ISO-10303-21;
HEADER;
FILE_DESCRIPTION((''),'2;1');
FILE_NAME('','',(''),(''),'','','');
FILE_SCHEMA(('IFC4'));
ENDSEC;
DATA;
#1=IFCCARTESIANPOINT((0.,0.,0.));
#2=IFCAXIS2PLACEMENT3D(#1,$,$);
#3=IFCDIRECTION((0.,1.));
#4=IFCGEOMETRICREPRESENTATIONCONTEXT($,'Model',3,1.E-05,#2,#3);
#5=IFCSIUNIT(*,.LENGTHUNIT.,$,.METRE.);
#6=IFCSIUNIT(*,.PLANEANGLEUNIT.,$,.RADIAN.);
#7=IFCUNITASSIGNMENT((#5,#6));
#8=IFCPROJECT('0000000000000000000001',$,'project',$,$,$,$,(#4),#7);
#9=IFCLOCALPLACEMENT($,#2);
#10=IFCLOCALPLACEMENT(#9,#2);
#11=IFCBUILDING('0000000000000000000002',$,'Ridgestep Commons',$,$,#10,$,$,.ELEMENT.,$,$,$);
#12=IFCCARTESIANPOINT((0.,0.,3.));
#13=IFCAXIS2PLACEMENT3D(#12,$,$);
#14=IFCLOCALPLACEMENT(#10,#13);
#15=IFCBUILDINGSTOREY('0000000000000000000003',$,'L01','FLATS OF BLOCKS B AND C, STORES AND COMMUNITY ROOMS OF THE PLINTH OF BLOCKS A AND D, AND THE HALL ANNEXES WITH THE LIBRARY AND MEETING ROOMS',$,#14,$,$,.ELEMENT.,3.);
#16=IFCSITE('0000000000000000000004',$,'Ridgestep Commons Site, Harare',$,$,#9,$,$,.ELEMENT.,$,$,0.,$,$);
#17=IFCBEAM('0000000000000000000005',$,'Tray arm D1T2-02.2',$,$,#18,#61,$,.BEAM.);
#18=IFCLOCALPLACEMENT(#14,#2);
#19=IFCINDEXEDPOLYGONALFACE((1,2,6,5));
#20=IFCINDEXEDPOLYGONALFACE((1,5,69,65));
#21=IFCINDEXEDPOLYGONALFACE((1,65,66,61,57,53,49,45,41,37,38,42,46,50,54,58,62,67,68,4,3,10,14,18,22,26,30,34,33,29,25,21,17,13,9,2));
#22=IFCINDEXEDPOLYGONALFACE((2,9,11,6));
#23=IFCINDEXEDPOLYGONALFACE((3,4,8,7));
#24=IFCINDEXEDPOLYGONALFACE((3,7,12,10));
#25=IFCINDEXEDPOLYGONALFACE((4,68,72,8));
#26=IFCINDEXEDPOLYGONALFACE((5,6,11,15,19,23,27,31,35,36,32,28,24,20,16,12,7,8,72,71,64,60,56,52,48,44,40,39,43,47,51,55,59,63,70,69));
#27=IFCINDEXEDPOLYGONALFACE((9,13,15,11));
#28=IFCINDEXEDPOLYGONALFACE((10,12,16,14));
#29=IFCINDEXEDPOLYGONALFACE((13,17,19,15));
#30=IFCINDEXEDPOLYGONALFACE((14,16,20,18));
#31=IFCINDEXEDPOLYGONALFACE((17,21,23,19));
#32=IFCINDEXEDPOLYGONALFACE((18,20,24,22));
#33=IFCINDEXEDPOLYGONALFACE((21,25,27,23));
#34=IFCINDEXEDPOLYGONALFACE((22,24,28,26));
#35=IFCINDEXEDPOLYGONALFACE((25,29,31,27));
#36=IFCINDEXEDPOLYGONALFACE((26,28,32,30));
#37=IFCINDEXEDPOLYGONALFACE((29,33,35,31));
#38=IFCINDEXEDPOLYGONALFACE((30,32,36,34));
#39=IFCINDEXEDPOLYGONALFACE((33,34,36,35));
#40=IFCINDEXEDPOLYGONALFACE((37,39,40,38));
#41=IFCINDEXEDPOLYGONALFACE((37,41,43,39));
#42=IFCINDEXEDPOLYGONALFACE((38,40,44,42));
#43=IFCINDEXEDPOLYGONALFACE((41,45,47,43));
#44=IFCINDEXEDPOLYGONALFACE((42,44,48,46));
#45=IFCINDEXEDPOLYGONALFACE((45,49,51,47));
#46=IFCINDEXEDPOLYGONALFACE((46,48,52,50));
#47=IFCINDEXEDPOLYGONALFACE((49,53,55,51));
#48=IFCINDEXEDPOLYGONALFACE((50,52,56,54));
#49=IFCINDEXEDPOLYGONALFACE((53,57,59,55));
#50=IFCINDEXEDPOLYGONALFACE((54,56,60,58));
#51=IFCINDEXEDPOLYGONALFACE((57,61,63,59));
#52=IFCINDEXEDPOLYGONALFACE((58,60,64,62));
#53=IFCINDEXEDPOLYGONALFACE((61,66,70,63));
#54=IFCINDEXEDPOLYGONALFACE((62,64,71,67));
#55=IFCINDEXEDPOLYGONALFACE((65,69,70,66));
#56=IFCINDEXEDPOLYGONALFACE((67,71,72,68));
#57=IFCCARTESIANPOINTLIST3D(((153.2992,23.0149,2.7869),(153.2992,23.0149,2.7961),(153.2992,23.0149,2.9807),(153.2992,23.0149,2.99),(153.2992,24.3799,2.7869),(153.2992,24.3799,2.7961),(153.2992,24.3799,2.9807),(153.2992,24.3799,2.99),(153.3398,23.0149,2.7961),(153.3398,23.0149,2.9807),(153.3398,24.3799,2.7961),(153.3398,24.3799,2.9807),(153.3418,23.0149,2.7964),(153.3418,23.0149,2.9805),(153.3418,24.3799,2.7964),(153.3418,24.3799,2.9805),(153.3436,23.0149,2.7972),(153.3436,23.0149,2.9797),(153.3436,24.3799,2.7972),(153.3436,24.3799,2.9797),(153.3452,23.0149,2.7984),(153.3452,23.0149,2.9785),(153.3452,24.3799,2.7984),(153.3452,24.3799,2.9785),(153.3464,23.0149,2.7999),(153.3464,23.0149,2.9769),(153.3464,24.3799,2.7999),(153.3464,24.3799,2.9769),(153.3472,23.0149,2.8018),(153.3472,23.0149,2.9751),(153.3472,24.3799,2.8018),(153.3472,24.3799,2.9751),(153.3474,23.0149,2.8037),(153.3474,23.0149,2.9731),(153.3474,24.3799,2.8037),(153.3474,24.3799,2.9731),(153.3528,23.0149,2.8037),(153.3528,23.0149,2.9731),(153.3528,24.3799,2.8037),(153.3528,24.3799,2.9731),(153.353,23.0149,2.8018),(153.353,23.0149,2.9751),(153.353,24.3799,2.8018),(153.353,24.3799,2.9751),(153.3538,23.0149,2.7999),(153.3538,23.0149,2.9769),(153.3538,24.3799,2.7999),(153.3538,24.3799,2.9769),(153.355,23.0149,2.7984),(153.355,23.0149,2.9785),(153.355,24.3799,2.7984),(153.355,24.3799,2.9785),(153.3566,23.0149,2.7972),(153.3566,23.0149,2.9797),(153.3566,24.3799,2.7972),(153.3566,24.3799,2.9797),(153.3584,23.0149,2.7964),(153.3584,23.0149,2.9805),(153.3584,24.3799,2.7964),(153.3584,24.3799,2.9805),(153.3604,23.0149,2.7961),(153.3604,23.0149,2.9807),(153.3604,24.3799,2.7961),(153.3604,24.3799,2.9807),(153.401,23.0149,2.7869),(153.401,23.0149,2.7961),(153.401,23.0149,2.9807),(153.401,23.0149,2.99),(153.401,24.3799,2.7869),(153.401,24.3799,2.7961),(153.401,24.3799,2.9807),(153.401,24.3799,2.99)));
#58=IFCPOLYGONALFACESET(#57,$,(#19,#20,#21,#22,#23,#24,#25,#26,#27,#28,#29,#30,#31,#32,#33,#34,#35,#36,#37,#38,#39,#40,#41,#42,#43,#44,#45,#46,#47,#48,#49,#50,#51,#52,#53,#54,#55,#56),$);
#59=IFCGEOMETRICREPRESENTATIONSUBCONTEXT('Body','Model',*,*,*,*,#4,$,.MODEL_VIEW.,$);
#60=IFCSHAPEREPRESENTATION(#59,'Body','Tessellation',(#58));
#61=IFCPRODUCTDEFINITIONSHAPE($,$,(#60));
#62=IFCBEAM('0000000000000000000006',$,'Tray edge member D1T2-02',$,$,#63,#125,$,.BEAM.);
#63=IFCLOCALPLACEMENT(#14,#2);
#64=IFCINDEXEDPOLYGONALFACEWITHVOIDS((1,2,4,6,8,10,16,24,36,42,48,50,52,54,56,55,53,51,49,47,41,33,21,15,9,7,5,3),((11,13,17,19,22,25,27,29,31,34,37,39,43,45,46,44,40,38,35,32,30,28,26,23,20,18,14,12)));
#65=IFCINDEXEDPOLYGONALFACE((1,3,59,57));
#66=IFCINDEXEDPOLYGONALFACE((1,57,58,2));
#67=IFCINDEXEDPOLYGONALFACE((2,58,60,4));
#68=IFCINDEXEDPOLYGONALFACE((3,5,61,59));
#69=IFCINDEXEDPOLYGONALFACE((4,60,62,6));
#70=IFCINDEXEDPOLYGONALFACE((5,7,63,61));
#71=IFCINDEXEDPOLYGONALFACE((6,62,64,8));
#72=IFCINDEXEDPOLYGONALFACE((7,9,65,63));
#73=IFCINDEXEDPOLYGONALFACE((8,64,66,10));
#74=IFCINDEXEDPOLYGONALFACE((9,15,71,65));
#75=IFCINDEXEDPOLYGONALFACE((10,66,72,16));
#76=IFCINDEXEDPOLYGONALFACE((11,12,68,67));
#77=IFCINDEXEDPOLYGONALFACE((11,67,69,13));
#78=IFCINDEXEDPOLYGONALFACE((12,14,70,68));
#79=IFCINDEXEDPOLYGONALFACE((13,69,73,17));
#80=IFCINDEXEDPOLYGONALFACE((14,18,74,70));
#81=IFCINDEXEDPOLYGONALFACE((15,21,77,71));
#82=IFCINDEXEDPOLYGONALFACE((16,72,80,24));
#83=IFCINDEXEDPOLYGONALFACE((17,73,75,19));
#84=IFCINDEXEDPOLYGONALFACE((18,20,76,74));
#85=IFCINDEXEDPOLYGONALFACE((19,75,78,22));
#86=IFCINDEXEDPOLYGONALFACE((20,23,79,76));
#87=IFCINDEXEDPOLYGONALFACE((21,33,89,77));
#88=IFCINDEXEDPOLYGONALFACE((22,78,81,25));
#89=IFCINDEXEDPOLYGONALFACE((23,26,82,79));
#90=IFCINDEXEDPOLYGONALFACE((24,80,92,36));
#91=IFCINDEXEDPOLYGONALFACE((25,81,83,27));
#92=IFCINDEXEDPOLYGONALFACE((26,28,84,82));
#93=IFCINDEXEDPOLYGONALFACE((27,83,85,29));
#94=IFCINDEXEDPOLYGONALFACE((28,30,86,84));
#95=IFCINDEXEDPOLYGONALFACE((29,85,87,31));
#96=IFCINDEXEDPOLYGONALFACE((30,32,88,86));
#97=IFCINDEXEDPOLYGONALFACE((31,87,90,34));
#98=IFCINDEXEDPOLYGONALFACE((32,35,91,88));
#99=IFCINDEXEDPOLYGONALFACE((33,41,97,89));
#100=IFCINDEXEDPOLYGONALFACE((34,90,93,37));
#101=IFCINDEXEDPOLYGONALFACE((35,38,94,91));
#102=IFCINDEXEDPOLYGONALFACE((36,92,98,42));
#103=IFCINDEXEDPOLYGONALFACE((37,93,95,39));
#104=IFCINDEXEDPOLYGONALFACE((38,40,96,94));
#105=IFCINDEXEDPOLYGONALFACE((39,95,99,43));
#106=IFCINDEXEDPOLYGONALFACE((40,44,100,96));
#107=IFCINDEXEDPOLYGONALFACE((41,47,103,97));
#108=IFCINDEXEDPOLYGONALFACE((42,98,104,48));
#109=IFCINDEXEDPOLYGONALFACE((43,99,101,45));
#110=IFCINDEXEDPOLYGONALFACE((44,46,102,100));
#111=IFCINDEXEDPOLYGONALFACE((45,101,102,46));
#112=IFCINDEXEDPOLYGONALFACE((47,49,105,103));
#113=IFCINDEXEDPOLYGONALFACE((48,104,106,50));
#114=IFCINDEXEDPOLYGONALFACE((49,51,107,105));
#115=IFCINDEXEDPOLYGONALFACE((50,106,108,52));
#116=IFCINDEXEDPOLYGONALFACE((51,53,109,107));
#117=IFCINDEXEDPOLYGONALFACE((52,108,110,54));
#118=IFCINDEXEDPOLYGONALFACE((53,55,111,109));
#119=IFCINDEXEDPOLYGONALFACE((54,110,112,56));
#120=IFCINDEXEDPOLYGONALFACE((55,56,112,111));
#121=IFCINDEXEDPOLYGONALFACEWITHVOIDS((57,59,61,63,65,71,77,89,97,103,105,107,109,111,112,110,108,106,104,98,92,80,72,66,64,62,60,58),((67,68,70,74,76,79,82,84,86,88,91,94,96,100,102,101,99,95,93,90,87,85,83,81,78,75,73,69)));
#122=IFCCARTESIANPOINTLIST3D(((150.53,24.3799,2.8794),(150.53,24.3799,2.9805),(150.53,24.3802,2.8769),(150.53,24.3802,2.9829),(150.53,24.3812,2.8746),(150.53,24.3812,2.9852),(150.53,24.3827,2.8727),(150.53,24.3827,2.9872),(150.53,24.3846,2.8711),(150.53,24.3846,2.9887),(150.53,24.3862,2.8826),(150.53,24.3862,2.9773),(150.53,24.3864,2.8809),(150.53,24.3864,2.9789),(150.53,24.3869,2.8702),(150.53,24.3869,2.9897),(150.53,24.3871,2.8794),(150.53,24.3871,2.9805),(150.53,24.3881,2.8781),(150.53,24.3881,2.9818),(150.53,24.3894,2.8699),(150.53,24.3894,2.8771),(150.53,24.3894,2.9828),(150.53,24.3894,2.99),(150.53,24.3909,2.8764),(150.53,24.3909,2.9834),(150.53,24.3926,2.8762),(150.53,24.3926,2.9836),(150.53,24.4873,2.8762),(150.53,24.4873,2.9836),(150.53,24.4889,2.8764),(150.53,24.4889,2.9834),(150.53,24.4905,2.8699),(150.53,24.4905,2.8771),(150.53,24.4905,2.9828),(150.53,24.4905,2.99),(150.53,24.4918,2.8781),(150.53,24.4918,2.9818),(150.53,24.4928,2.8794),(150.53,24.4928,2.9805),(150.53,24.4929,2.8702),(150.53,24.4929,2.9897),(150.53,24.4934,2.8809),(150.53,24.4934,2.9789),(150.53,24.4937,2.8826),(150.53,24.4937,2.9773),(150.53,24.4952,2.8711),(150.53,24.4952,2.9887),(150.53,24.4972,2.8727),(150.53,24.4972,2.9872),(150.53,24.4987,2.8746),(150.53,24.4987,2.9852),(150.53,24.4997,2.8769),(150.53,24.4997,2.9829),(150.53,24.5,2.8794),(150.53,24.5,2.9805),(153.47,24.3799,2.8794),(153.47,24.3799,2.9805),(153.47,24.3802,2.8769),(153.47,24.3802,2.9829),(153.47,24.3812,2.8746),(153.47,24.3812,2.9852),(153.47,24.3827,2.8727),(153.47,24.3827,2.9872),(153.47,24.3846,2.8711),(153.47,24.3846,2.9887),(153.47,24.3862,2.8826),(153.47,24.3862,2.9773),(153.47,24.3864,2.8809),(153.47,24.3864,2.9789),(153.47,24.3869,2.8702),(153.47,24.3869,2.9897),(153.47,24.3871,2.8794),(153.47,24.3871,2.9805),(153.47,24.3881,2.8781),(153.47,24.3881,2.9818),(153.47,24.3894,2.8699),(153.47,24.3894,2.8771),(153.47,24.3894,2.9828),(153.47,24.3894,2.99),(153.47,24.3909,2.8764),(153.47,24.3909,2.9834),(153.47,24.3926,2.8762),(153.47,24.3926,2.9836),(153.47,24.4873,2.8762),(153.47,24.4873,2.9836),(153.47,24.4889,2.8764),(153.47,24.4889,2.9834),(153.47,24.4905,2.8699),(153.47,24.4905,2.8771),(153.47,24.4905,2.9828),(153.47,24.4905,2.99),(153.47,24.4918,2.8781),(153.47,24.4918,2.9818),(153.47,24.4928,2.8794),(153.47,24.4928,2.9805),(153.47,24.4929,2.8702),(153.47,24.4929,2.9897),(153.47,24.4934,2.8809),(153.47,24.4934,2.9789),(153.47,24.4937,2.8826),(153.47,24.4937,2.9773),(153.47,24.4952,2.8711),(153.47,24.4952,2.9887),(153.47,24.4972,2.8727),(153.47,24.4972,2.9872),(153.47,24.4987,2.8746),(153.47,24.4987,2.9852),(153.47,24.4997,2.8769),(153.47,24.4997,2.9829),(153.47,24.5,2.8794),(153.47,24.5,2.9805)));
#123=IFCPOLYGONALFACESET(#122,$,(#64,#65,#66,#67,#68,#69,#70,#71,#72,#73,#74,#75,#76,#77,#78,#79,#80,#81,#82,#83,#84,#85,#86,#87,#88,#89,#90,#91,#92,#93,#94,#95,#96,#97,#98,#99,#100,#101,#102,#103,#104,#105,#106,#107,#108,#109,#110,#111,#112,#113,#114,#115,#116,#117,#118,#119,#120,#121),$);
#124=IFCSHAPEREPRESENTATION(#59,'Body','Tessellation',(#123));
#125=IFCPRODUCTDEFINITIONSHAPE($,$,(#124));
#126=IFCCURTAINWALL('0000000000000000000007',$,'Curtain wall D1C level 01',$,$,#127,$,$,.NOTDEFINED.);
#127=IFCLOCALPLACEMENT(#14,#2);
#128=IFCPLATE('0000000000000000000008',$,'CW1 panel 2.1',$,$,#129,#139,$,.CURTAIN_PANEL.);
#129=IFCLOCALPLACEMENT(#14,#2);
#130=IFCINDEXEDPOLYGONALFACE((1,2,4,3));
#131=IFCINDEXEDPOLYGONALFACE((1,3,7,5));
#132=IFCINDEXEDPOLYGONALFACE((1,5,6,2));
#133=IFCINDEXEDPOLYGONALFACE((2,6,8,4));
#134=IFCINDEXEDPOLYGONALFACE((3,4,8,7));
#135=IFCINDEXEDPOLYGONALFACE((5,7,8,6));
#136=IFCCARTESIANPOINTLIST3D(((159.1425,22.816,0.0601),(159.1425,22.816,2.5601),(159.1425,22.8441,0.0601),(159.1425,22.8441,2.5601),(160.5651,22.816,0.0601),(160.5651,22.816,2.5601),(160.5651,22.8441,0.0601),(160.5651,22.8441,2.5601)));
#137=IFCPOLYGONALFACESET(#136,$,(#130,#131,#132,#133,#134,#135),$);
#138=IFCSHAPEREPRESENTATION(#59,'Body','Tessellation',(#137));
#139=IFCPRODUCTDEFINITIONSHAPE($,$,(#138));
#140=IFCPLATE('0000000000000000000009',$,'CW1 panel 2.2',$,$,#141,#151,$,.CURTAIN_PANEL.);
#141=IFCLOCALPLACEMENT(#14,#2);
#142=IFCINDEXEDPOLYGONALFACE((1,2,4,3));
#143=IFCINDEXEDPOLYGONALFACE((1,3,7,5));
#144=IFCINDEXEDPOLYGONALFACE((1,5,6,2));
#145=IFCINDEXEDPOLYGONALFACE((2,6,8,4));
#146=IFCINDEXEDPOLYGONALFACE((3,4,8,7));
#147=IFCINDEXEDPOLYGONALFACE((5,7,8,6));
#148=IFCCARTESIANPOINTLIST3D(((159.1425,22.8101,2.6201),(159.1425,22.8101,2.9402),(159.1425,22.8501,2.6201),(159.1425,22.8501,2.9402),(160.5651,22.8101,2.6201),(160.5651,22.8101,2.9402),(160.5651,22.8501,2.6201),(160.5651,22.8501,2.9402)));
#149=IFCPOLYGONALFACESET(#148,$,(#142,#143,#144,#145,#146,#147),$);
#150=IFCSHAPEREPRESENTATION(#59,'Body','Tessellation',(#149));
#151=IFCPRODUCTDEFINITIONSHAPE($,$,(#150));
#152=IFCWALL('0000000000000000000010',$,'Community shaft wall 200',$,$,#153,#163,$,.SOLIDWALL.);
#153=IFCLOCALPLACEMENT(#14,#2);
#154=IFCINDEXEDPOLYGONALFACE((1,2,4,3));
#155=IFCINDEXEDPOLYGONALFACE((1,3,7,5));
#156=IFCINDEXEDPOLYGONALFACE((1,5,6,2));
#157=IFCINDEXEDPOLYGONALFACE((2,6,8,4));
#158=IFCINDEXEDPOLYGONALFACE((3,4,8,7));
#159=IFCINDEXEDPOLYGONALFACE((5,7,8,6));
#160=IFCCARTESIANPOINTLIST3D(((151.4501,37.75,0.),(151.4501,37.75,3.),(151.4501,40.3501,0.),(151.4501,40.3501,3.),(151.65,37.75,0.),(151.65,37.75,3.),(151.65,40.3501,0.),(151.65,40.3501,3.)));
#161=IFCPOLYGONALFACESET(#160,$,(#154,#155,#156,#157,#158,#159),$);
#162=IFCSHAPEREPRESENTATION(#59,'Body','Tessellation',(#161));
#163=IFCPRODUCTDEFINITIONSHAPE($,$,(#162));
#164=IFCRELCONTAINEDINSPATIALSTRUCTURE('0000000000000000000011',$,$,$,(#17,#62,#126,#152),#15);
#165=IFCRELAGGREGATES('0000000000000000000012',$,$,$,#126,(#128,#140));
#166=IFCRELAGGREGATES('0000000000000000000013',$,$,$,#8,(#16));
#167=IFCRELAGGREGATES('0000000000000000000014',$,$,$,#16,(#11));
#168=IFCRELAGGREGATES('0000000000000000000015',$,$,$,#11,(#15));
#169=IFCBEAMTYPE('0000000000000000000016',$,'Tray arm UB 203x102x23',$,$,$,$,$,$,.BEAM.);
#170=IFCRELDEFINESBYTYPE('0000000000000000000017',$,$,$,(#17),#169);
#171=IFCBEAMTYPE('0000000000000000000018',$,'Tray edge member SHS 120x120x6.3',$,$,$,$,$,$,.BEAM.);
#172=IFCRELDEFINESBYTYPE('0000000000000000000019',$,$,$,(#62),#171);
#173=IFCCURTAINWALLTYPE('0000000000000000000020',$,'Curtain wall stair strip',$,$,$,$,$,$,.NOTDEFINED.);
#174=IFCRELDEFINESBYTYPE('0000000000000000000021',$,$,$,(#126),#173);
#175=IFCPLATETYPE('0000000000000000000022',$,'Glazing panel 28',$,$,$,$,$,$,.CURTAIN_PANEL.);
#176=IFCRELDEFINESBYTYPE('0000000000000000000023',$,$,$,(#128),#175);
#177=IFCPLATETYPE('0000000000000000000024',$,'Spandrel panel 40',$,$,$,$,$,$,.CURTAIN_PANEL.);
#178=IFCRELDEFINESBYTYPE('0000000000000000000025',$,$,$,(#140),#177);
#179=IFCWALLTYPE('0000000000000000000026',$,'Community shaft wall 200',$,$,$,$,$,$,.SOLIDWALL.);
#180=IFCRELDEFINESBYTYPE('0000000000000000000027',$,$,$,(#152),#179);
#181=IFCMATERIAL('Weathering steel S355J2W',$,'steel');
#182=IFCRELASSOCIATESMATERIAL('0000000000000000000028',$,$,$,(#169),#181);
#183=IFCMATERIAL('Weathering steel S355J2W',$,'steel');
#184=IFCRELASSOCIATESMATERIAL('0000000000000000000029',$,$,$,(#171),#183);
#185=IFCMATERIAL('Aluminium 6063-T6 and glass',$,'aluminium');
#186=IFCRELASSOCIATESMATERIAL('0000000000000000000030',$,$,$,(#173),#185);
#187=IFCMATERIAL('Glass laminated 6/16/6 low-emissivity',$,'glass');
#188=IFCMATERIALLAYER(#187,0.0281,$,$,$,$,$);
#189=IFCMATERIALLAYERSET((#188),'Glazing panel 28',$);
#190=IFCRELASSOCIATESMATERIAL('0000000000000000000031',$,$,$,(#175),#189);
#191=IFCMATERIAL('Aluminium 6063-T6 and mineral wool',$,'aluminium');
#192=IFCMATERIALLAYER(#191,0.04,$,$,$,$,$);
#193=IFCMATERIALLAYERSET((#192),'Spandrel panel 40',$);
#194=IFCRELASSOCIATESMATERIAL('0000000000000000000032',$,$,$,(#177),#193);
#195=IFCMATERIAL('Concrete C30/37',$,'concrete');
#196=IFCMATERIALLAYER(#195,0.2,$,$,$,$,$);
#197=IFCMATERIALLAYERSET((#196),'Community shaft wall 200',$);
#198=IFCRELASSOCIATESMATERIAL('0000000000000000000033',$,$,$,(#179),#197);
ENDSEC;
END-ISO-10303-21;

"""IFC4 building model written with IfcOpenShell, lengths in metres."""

from ifc_helpers import new_model, si_unit, direction, frame, frame_2d, origin, origin_2d, place, context, subcontext, project, spatial, rectangle, hollow_rectangle, i_section, extrude, material, layer, layer_set, material_profile, profile_set, type_object, element, aggregate, save


model = new_model("IFC4")

# Units and contexts
model_context = context("Model", 3, precision=1e-05, world=origin(), true_north=direction((0.0, 1.0)))
body_context = subcontext(model_context, "Body", "Model", "MODEL_VIEW")
ifc_project = project(units=[si_unit("LENGTHUNIT", "METRE"), si_unit("PLANEANGLEUNIT", "RADIAN")], contexts=[model_context])

# Site, building, storey
site_placement = place(None, origin())
site = spatial("IfcSite", under=ifc_project, at=site_placement, Name="Ridgestep Commons Site, Harare", CompositionType="ELEMENT", RefElevation=0.0)
building_placement = place(site_placement, origin())
building = spatial("IfcBuilding", under=site, at=building_placement, Name="Ridgestep Commons", CompositionType="ELEMENT")
storey_placement = place(building_placement, frame((0.0, 0.0, 3.0)))
storey = spatial("IfcBuildingStorey", under=building, at=storey_placement, Name="L01", Description="FLATS OF BLOCKS B AND C, STORES AND COMMUNITY ROOMS OF THE PLINTH OF BLOCKS A AND D, AND THE HALL ANNEXES WITH THE LIBRARY AND MEETING ROOMS", CompositionType="ELEMENT", Elevation=3.0)

# Beams
ifc_material_1 = material(Name="Weathering steel S355J2W", Category="steel")
ifc_material_profile_1 = material_profile(ifc_material_1, i_section(OverallWidth=0.1018, OverallDepth=0.2031, WebThickness=0.0054, FlangeThickness=0.0093, FilletRadius=0.0076, at=origin_2d()), Name="UB 203x102x23")
ifc_profile_set_1 = profile_set([ifc_material_profile_1], Name="Weathering steel S355J2W")
beam_type_1 = type_object("IfcBeamType", Name="Tray arm UB 203x102x23", PredefinedType="BEAM", material=ifc_profile_set_1)
for number, where, z_axis, x_axis, name in (
    (1, (153.3501, 23.0149, 2.8884), (0.0, 1.0, 0.0), (-1.0, 0.0, 0.0), "Tray arm D1T2-02.2"),
):
    element("IfcBeam", number, at=place(storey_placement, frame(where, z_axis=z_axis, x_axis=x_axis)), inside=storey, type_object=beam_type_1, Name=name, PredefinedType="BEAM", context=body_context, shape_type="SweptSolid", body=[
        extrude(i_section(OverallWidth=0.1018, OverallDepth=0.2031, WebThickness=0.0054, FlangeThickness=0.0093, FilletRadius=0.0076, at=origin_2d()), origin(), (0.0, 0.0, 1.0), 1.365),
    ])
ifc_material_2 = material(Name="Weathering steel S355J2W", Category="steel")
ifc_material_profile_2 = material_profile(ifc_material_2, hollow_rectangle(XDim=0.1201, YDim=0.1201, WallThickness=0.0063, InnerFilletRadius=0.0063, OuterFilletRadius=0.0095, at=origin_2d()), Name="SHS 120x120x6.3")
ifc_profile_set_2 = profile_set([ifc_material_profile_2], Name="Weathering steel S355J2W")
beam_type_2 = type_object("IfcBeamType", Name="Tray edge member SHS 120x120x6.3", PredefinedType="BEAM", material=ifc_profile_set_2)
beam_placement = place(storey_placement, frame((150.53, 24.4399, 2.9299), z_axis=(1.0, 0.0, 0.0), x_axis=(0.0, 0.0, 1.0)))
element("IfcBeam", 2, at=beam_placement, inside=storey, type_object=beam_type_2, Name="Tray edge member D1T2-02", PredefinedType="BEAM", context=body_context, shape_type="SweptSolid", body=[
    extrude(hollow_rectangle(XDim=0.1201, YDim=0.1201, WallThickness=0.0063, InnerFilletRadius=0.0063, OuterFilletRadius=0.0095, at=origin_2d()), origin(), (0.0, 0.0, 1.0), 2.9399),
])

# Curtain wall, plates
ifc_material_3 = material(Name="Aluminium 6063-T6 and glass", Category="aluminium")
curtain_wall_type = type_object("IfcCurtainWallType", Name="Curtain wall stair strip", PredefinedType="NOTDEFINED", material=ifc_material_3)
curtain_wall_placement = place(storey_placement, origin())
curtain_wall = element("IfcCurtainWall", 3, at=curtain_wall_placement, inside=storey, type_object=curtain_wall_type, Name="Curtain wall D1C level 01", PredefinedType="NOTDEFINED")
ifc_material_4 = material(Name="Glass laminated 6/16/6 low-emissivity", Category="glass")
ifc_layer_1 = layer(ifc_material_4, 0.0281)
ifc_layer_set_1 = layer_set([ifc_layer_1], Name="Glazing panel 28")
plate_type_1 = type_object("IfcPlateType", Name="Glazing panel 28", PredefinedType="CURTAIN_PANEL", material=ifc_layer_set_1)
plate_1_placement = place(storey_placement, frame((159.8538, 22.8301, 0.0601), z_axis=(0.0, 0.0, 1.0), x_axis=(1.0, 0.0, 0.0)))
plate_1 = element("IfcPlate", 4, at=plate_1_placement, type_object=plate_type_1, Name="CW1 panel 2.1", PredefinedType="CURTAIN_PANEL", context=body_context, shape_type="SweptSolid", body=[
    extrude(rectangle(XDim=1.4226, YDim=0.0281, at=origin_2d()), origin(), (0.0, 0.0, 1.0), 2.5),
])
ifc_material_5 = material(Name="Aluminium 6063-T6 and mineral wool", Category="aluminium")
ifc_layer_2 = layer(ifc_material_5, 0.04)
ifc_layer_set_2 = layer_set([ifc_layer_2], Name="Spandrel panel 40")
plate_type_2 = type_object("IfcPlateType", Name="Spandrel panel 40", PredefinedType="CURTAIN_PANEL", material=ifc_layer_set_2)
plate_2_placement = place(storey_placement, frame((159.8538, 22.8301, 2.6201), z_axis=(0.0, 0.0, 1.0), x_axis=(1.0, 0.0, 0.0)))
plate_2 = element("IfcPlate", 5, at=plate_2_placement, type_object=plate_type_2, Name="CW1 panel 2.2", PredefinedType="CURTAIN_PANEL", context=body_context, shape_type="SweptSolid", body=[
    extrude(rectangle(XDim=1.4226, YDim=0.04, at=origin_2d()), origin(), (0.0, 0.0, 1.0), 0.3201),
])
aggregate(curtain_wall, [plate_1, plate_2])

# Wall
ifc_material_6 = material(Name="Concrete C30/37", Category="concrete")
ifc_layer_3 = layer(ifc_material_6, 0.2)
ifc_layer_set_3 = layer_set([ifc_layer_3], Name="Community shaft wall 200")
wall_type_1 = type_object("IfcWallType", Name="Community shaft wall 200", PredefinedType="SOLIDWALL", material=ifc_layer_set_3)
wall_1_placement = place(storey_placement, frame((151.55, 37.75, 0.0), z_axis=(0.0, 0.0, 1.0), x_axis=(0.0, 1.0, 0.0)))
element("IfcWall", 6, at=wall_1_placement, inside=storey, type_object=wall_type_1, Name="Community shaft wall 200", PredefinedType="SOLIDWALL", context=body_context, shape_type="SweptSolid", body=[
    extrude(rectangle(XDim=2.6001, YDim=0.2, at=frame_2d((1.3, 0.0))), origin(), (0.0, 0.0, 1.0), 3.0),
])

save(model, "model.ifc")
